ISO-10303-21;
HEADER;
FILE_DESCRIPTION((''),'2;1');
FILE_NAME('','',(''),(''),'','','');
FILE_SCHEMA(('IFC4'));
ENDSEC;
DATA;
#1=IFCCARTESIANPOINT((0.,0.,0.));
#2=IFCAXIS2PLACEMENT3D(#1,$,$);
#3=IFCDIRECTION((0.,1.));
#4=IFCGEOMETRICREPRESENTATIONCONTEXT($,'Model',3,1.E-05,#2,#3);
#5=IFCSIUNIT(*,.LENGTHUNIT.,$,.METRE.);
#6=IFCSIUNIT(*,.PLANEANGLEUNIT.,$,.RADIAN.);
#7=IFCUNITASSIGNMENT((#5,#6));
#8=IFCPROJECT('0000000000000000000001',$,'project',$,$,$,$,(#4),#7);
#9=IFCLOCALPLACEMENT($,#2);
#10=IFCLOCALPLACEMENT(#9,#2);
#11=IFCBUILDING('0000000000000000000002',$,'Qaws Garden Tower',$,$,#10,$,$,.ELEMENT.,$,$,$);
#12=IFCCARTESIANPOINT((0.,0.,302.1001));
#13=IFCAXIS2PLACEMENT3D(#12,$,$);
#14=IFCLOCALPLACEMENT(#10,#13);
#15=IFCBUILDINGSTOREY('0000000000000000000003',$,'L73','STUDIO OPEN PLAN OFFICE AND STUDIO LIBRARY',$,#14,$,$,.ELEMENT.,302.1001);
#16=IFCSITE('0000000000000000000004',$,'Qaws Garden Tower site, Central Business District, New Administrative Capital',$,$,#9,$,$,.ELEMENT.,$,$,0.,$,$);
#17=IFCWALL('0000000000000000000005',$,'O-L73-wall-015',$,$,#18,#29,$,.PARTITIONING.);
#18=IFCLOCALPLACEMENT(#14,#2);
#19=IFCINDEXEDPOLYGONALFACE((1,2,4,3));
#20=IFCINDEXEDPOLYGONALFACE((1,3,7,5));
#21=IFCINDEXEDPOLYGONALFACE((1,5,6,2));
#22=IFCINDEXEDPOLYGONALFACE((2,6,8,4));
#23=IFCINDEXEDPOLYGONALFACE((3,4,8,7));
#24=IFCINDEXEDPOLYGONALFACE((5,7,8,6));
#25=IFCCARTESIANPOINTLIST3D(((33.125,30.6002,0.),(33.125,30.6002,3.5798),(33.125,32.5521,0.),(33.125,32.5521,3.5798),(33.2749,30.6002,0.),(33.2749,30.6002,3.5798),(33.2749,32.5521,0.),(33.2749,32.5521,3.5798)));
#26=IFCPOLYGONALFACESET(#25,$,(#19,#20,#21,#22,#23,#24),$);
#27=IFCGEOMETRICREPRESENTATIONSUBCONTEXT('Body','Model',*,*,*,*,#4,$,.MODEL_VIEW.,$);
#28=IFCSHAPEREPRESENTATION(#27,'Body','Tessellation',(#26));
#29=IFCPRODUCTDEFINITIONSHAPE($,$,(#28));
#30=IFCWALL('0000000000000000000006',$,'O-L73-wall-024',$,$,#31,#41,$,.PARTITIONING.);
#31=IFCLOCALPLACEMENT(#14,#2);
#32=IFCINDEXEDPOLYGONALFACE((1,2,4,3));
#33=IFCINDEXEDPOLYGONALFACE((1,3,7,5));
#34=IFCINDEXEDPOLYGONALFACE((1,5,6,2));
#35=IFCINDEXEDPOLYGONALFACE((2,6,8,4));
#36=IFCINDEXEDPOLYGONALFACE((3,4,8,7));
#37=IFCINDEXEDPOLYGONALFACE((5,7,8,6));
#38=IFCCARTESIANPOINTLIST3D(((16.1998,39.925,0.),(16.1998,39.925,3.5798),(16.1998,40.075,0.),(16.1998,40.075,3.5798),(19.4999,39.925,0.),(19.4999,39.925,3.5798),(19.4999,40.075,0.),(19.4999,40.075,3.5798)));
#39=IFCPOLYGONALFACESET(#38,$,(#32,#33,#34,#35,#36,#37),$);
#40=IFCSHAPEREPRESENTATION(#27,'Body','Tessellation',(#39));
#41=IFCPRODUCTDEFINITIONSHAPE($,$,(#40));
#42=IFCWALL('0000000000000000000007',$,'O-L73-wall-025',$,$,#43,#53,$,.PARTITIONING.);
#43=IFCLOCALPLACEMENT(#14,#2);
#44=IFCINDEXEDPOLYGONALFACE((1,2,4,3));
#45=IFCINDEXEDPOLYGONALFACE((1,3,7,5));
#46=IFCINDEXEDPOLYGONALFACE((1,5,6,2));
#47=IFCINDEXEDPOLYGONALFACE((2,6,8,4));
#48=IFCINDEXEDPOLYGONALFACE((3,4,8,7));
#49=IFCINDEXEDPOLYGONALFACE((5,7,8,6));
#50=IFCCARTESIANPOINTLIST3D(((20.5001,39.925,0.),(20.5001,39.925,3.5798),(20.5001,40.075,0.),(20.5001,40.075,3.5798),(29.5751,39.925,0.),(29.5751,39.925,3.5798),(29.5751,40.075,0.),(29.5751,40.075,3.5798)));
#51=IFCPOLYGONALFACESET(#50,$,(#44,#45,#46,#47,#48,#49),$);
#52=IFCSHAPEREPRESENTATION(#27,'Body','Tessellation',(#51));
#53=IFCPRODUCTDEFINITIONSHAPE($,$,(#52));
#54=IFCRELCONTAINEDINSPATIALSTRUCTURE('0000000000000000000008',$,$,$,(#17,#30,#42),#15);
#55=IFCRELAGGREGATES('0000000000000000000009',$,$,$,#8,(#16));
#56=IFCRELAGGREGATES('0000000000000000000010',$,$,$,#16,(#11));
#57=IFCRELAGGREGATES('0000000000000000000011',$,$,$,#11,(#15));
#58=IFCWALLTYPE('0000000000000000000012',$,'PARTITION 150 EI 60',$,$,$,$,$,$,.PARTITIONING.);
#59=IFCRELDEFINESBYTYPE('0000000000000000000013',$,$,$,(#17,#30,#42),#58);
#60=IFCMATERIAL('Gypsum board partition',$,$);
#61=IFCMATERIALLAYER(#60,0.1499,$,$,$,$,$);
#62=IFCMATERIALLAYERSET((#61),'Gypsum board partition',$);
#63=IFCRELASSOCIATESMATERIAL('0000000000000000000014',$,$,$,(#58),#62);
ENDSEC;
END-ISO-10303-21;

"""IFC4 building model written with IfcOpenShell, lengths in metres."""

from ifc_helpers import new_model, si_unit, direction, frame, frame_2d, origin, place, context, subcontext, project, spatial, rectangle, extrude, material, layer, layer_set, type_object, element, save


model = new_model("IFC4")

# Units and contexts
model_context = context("Model", 3, precision=1e-05, world=origin(), true_north=direction((0.0, 1.0)))
body_context = subcontext(model_context, "Body", "Model", "MODEL_VIEW")
ifc_project = project(units=[si_unit("LENGTHUNIT", "METRE"), si_unit("PLANEANGLEUNIT", "RADIAN")], contexts=[model_context])

# Site, building, storey
site_placement = place(None, origin())
site = spatial("IfcSite", under=ifc_project, at=site_placement, Name="Qaws Garden Tower site, Central Business District, New Administrative Capital", CompositionType="ELEMENT", RefElevation=0.0)
building_placement = place(site_placement, origin())
building = spatial("IfcBuilding", under=site, at=building_placement, Name="Qaws Garden Tower", CompositionType="ELEMENT")
storey_placement = place(building_placement, frame((0.0, 0.0, 302.1001)))
storey = spatial("IfcBuildingStorey", under=building, at=storey_placement, Name="L73", Description="STUDIO OPEN PLAN OFFICE AND STUDIO LIBRARY", CompositionType="ELEMENT", Elevation=302.1001)

# Walls
ifc_material_1 = material(Name="Gypsum board partition")
ifc_layer_1 = layer(ifc_material_1, 0.1499)
ifc_layer_set_1 = layer_set([ifc_layer_1], Name="Gypsum board partition")
wall_type_1 = type_object("IfcWallType", Name="PARTITION 150 EI 60", PredefinedType="PARTITIONING", material=ifc_layer_set_1)
wall_1_placement = place(storey_placement, frame((33.2, 30.6001, 0.0), z_axis=(0.0, 0.0, 1.0), x_axis=(0.0, 1.0, 0.0)))
element("IfcWall", 1, at=wall_1_placement, inside=storey, type_object=wall_type_1, Name="O-L73-wall-015", PredefinedType="PARTITIONING", context=body_context, shape_type="SweptSolid", body=[
    extrude(rectangle(XDim=1.9519, YDim=0.1499, at=frame_2d((0.9761, 0.0))), origin(), (0.0, 0.0, 1.0), 3.5798),
])
wall_2_placement = place(storey_placement, frame((16.2, 40.0, 0.0), z_axis=(0.0, 0.0, 1.0), x_axis=(1.0, 0.0, 0.0)))
element("IfcWall", 2, at=wall_2_placement, inside=storey, type_object=wall_type_1, Name="O-L73-wall-024", PredefinedType="PARTITIONING", context=body_context, shape_type="SweptSolid", body=[
    extrude(rectangle(XDim=3.3, YDim=0.1499, at=frame_2d((1.6499, 0.0))), origin(), (0.0, 0.0, 1.0), 3.5798),
])
wall_3_placement = place(storey_placement, frame((20.5, 40.0, 0.0), z_axis=(0.0, 0.0, 1.0), x_axis=(1.0, 0.0, 0.0)))
element("IfcWall", 3, at=wall_3_placement, inside=storey, type_object=wall_type_1, Name="O-L73-wall-025", PredefinedType="PARTITIONING", context=body_context, shape_type="SweptSolid", body=[
    extrude(rectangle(XDim=9.075, YDim=0.1499, at=frame_2d((4.5376, 0.0))), origin(), (0.0, 0.0, 1.0), 3.5798),
])

save(model, "model.ifc")
